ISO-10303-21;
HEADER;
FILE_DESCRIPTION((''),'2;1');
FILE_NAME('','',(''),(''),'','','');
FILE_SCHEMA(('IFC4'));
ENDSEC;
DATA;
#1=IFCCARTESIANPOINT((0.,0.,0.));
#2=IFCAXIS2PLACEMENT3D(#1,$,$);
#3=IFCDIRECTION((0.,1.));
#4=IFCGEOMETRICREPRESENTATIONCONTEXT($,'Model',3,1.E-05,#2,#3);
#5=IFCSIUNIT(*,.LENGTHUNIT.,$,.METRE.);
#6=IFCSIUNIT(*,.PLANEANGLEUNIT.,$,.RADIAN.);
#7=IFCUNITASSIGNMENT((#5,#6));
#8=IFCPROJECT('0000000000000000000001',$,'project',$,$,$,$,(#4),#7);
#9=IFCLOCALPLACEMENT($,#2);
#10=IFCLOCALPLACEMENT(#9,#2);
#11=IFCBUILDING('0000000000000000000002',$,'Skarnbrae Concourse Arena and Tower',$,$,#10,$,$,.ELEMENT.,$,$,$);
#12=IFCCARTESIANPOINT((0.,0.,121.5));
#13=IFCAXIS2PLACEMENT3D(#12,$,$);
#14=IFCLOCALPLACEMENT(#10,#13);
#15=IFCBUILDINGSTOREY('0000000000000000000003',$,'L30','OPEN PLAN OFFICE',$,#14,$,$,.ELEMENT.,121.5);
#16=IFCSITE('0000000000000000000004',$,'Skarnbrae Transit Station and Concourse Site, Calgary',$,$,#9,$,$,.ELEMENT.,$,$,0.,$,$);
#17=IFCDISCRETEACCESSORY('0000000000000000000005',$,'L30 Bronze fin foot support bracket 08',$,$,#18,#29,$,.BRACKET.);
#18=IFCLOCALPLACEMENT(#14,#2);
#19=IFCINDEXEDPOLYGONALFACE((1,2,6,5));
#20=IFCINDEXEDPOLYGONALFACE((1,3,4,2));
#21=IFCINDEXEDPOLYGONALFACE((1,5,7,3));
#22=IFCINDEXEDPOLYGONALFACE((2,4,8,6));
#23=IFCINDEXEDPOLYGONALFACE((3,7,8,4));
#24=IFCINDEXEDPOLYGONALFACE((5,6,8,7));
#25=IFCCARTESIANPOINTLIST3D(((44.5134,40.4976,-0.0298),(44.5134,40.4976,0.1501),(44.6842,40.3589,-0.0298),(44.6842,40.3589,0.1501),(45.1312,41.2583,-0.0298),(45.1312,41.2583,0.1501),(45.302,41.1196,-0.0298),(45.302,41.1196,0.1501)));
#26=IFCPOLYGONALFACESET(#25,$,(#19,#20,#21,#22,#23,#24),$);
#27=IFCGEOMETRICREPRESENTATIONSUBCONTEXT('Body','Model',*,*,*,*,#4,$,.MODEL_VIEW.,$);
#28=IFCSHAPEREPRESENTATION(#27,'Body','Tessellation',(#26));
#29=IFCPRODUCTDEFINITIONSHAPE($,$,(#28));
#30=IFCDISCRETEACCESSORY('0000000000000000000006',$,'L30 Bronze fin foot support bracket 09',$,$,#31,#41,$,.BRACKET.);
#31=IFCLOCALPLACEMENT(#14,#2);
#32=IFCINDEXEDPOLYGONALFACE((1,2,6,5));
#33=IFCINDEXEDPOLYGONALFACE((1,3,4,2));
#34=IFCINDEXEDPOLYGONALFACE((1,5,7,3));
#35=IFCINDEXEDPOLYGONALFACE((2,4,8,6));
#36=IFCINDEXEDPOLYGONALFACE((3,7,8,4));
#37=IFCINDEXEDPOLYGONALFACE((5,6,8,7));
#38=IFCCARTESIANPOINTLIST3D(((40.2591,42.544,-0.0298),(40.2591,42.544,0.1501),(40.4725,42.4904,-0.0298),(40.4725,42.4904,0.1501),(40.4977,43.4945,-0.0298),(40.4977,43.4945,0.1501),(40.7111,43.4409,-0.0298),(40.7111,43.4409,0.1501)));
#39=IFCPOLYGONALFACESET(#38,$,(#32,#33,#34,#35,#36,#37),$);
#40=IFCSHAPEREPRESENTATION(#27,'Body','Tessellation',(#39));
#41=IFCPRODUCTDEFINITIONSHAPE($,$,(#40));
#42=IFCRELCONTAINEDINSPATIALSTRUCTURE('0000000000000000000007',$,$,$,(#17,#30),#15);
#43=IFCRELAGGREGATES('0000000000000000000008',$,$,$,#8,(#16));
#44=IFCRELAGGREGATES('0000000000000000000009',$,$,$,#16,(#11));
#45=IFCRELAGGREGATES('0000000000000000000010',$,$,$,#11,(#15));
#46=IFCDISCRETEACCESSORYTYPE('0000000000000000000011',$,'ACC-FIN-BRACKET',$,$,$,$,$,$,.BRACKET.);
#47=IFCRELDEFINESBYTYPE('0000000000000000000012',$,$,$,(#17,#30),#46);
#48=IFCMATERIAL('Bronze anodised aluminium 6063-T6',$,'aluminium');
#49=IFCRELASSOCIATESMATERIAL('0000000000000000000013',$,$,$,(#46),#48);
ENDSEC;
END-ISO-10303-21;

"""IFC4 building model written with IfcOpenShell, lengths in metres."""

from ifc_helpers import new_model, si_unit, direction, frame, origin, origin_2d, place, context, subcontext, project, spatial, rectangle, extrude, source, transform, mapped, material, type_object, element, save


model = new_model("IFC4")

# Units and contexts
model_context = context("Model", 3, precision=1e-05, world=origin(), true_north=direction((0.0, 1.0)))
body_context = subcontext(model_context, "Body", "Model", "MODEL_VIEW")
ifc_project = project(units=[si_unit("LENGTHUNIT", "METRE"), si_unit("PLANEANGLEUNIT", "RADIAN")], contexts=[model_context])

# Site, building, storey
site_placement = place(None, origin())
site = spatial("IfcSite", under=ifc_project, at=site_placement, Name="Skarnbrae Transit Station and Concourse Site, Calgary", CompositionType="ELEMENT", RefElevation=0.0)
building_placement = place(site_placement, origin())
building = spatial("IfcBuilding", under=site, at=building_placement, Name="Skarnbrae Concourse Arena and Tower", CompositionType="ELEMENT")
storey_placement = place(building_placement, frame((0.0, 0.0, 121.5)))
storey = spatial("IfcBuildingStorey", under=building, at=storey_placement, Name="L30", Description="OPEN PLAN OFFICE", CompositionType="ELEMENT", Elevation=121.5)

# Shared definitions
ifc_material_1 = material(Name="Bronze anodised aluminium 6063-T6", Category="aluminium")

# Discrete accessories
discrete_accessory_type = type_object("IfcDiscreteAccessoryType", Name="ACC-FIN-BRACKET", PredefinedType="BRACKET", material=ifc_material_1)
shared_shape_1 = source(origin(), body_context, "Body", "SweptSolid", [
    extrude(rectangle(XDim=0.22, YDim=0.98, at=origin_2d()), origin(), (0.0, 0.0, 1.0), 0.1799),
])
for number, where, z_axis, x_axis, name in (
    (1, (44.9077, 40.8086, -0.0298), (0.0, 0.0, 1.0), (0.776245, -0.630432, 0.0), "L30 Bronze fin foot support bracket 08"),
    (2, (40.4851, 42.9924, -0.0298), (0.0, 0.0, 1.0), (0.969902, -0.243497, 0.0), "L30 Bronze fin foot support bracket 09"),
):
    element("IfcDiscreteAccessory", number, at=place(storey_placement, frame(where, z_axis=z_axis, x_axis=x_axis)), inside=storey, type_object=discrete_accessory_type, Name=name, PredefinedType="BRACKET", context=body_context, shape_type="MappedRepresentation", body=[
        mapped(shared_shape_1, transform((0.0, 0.0, 0.0))),
    ])

save(model, "model.ifc")
